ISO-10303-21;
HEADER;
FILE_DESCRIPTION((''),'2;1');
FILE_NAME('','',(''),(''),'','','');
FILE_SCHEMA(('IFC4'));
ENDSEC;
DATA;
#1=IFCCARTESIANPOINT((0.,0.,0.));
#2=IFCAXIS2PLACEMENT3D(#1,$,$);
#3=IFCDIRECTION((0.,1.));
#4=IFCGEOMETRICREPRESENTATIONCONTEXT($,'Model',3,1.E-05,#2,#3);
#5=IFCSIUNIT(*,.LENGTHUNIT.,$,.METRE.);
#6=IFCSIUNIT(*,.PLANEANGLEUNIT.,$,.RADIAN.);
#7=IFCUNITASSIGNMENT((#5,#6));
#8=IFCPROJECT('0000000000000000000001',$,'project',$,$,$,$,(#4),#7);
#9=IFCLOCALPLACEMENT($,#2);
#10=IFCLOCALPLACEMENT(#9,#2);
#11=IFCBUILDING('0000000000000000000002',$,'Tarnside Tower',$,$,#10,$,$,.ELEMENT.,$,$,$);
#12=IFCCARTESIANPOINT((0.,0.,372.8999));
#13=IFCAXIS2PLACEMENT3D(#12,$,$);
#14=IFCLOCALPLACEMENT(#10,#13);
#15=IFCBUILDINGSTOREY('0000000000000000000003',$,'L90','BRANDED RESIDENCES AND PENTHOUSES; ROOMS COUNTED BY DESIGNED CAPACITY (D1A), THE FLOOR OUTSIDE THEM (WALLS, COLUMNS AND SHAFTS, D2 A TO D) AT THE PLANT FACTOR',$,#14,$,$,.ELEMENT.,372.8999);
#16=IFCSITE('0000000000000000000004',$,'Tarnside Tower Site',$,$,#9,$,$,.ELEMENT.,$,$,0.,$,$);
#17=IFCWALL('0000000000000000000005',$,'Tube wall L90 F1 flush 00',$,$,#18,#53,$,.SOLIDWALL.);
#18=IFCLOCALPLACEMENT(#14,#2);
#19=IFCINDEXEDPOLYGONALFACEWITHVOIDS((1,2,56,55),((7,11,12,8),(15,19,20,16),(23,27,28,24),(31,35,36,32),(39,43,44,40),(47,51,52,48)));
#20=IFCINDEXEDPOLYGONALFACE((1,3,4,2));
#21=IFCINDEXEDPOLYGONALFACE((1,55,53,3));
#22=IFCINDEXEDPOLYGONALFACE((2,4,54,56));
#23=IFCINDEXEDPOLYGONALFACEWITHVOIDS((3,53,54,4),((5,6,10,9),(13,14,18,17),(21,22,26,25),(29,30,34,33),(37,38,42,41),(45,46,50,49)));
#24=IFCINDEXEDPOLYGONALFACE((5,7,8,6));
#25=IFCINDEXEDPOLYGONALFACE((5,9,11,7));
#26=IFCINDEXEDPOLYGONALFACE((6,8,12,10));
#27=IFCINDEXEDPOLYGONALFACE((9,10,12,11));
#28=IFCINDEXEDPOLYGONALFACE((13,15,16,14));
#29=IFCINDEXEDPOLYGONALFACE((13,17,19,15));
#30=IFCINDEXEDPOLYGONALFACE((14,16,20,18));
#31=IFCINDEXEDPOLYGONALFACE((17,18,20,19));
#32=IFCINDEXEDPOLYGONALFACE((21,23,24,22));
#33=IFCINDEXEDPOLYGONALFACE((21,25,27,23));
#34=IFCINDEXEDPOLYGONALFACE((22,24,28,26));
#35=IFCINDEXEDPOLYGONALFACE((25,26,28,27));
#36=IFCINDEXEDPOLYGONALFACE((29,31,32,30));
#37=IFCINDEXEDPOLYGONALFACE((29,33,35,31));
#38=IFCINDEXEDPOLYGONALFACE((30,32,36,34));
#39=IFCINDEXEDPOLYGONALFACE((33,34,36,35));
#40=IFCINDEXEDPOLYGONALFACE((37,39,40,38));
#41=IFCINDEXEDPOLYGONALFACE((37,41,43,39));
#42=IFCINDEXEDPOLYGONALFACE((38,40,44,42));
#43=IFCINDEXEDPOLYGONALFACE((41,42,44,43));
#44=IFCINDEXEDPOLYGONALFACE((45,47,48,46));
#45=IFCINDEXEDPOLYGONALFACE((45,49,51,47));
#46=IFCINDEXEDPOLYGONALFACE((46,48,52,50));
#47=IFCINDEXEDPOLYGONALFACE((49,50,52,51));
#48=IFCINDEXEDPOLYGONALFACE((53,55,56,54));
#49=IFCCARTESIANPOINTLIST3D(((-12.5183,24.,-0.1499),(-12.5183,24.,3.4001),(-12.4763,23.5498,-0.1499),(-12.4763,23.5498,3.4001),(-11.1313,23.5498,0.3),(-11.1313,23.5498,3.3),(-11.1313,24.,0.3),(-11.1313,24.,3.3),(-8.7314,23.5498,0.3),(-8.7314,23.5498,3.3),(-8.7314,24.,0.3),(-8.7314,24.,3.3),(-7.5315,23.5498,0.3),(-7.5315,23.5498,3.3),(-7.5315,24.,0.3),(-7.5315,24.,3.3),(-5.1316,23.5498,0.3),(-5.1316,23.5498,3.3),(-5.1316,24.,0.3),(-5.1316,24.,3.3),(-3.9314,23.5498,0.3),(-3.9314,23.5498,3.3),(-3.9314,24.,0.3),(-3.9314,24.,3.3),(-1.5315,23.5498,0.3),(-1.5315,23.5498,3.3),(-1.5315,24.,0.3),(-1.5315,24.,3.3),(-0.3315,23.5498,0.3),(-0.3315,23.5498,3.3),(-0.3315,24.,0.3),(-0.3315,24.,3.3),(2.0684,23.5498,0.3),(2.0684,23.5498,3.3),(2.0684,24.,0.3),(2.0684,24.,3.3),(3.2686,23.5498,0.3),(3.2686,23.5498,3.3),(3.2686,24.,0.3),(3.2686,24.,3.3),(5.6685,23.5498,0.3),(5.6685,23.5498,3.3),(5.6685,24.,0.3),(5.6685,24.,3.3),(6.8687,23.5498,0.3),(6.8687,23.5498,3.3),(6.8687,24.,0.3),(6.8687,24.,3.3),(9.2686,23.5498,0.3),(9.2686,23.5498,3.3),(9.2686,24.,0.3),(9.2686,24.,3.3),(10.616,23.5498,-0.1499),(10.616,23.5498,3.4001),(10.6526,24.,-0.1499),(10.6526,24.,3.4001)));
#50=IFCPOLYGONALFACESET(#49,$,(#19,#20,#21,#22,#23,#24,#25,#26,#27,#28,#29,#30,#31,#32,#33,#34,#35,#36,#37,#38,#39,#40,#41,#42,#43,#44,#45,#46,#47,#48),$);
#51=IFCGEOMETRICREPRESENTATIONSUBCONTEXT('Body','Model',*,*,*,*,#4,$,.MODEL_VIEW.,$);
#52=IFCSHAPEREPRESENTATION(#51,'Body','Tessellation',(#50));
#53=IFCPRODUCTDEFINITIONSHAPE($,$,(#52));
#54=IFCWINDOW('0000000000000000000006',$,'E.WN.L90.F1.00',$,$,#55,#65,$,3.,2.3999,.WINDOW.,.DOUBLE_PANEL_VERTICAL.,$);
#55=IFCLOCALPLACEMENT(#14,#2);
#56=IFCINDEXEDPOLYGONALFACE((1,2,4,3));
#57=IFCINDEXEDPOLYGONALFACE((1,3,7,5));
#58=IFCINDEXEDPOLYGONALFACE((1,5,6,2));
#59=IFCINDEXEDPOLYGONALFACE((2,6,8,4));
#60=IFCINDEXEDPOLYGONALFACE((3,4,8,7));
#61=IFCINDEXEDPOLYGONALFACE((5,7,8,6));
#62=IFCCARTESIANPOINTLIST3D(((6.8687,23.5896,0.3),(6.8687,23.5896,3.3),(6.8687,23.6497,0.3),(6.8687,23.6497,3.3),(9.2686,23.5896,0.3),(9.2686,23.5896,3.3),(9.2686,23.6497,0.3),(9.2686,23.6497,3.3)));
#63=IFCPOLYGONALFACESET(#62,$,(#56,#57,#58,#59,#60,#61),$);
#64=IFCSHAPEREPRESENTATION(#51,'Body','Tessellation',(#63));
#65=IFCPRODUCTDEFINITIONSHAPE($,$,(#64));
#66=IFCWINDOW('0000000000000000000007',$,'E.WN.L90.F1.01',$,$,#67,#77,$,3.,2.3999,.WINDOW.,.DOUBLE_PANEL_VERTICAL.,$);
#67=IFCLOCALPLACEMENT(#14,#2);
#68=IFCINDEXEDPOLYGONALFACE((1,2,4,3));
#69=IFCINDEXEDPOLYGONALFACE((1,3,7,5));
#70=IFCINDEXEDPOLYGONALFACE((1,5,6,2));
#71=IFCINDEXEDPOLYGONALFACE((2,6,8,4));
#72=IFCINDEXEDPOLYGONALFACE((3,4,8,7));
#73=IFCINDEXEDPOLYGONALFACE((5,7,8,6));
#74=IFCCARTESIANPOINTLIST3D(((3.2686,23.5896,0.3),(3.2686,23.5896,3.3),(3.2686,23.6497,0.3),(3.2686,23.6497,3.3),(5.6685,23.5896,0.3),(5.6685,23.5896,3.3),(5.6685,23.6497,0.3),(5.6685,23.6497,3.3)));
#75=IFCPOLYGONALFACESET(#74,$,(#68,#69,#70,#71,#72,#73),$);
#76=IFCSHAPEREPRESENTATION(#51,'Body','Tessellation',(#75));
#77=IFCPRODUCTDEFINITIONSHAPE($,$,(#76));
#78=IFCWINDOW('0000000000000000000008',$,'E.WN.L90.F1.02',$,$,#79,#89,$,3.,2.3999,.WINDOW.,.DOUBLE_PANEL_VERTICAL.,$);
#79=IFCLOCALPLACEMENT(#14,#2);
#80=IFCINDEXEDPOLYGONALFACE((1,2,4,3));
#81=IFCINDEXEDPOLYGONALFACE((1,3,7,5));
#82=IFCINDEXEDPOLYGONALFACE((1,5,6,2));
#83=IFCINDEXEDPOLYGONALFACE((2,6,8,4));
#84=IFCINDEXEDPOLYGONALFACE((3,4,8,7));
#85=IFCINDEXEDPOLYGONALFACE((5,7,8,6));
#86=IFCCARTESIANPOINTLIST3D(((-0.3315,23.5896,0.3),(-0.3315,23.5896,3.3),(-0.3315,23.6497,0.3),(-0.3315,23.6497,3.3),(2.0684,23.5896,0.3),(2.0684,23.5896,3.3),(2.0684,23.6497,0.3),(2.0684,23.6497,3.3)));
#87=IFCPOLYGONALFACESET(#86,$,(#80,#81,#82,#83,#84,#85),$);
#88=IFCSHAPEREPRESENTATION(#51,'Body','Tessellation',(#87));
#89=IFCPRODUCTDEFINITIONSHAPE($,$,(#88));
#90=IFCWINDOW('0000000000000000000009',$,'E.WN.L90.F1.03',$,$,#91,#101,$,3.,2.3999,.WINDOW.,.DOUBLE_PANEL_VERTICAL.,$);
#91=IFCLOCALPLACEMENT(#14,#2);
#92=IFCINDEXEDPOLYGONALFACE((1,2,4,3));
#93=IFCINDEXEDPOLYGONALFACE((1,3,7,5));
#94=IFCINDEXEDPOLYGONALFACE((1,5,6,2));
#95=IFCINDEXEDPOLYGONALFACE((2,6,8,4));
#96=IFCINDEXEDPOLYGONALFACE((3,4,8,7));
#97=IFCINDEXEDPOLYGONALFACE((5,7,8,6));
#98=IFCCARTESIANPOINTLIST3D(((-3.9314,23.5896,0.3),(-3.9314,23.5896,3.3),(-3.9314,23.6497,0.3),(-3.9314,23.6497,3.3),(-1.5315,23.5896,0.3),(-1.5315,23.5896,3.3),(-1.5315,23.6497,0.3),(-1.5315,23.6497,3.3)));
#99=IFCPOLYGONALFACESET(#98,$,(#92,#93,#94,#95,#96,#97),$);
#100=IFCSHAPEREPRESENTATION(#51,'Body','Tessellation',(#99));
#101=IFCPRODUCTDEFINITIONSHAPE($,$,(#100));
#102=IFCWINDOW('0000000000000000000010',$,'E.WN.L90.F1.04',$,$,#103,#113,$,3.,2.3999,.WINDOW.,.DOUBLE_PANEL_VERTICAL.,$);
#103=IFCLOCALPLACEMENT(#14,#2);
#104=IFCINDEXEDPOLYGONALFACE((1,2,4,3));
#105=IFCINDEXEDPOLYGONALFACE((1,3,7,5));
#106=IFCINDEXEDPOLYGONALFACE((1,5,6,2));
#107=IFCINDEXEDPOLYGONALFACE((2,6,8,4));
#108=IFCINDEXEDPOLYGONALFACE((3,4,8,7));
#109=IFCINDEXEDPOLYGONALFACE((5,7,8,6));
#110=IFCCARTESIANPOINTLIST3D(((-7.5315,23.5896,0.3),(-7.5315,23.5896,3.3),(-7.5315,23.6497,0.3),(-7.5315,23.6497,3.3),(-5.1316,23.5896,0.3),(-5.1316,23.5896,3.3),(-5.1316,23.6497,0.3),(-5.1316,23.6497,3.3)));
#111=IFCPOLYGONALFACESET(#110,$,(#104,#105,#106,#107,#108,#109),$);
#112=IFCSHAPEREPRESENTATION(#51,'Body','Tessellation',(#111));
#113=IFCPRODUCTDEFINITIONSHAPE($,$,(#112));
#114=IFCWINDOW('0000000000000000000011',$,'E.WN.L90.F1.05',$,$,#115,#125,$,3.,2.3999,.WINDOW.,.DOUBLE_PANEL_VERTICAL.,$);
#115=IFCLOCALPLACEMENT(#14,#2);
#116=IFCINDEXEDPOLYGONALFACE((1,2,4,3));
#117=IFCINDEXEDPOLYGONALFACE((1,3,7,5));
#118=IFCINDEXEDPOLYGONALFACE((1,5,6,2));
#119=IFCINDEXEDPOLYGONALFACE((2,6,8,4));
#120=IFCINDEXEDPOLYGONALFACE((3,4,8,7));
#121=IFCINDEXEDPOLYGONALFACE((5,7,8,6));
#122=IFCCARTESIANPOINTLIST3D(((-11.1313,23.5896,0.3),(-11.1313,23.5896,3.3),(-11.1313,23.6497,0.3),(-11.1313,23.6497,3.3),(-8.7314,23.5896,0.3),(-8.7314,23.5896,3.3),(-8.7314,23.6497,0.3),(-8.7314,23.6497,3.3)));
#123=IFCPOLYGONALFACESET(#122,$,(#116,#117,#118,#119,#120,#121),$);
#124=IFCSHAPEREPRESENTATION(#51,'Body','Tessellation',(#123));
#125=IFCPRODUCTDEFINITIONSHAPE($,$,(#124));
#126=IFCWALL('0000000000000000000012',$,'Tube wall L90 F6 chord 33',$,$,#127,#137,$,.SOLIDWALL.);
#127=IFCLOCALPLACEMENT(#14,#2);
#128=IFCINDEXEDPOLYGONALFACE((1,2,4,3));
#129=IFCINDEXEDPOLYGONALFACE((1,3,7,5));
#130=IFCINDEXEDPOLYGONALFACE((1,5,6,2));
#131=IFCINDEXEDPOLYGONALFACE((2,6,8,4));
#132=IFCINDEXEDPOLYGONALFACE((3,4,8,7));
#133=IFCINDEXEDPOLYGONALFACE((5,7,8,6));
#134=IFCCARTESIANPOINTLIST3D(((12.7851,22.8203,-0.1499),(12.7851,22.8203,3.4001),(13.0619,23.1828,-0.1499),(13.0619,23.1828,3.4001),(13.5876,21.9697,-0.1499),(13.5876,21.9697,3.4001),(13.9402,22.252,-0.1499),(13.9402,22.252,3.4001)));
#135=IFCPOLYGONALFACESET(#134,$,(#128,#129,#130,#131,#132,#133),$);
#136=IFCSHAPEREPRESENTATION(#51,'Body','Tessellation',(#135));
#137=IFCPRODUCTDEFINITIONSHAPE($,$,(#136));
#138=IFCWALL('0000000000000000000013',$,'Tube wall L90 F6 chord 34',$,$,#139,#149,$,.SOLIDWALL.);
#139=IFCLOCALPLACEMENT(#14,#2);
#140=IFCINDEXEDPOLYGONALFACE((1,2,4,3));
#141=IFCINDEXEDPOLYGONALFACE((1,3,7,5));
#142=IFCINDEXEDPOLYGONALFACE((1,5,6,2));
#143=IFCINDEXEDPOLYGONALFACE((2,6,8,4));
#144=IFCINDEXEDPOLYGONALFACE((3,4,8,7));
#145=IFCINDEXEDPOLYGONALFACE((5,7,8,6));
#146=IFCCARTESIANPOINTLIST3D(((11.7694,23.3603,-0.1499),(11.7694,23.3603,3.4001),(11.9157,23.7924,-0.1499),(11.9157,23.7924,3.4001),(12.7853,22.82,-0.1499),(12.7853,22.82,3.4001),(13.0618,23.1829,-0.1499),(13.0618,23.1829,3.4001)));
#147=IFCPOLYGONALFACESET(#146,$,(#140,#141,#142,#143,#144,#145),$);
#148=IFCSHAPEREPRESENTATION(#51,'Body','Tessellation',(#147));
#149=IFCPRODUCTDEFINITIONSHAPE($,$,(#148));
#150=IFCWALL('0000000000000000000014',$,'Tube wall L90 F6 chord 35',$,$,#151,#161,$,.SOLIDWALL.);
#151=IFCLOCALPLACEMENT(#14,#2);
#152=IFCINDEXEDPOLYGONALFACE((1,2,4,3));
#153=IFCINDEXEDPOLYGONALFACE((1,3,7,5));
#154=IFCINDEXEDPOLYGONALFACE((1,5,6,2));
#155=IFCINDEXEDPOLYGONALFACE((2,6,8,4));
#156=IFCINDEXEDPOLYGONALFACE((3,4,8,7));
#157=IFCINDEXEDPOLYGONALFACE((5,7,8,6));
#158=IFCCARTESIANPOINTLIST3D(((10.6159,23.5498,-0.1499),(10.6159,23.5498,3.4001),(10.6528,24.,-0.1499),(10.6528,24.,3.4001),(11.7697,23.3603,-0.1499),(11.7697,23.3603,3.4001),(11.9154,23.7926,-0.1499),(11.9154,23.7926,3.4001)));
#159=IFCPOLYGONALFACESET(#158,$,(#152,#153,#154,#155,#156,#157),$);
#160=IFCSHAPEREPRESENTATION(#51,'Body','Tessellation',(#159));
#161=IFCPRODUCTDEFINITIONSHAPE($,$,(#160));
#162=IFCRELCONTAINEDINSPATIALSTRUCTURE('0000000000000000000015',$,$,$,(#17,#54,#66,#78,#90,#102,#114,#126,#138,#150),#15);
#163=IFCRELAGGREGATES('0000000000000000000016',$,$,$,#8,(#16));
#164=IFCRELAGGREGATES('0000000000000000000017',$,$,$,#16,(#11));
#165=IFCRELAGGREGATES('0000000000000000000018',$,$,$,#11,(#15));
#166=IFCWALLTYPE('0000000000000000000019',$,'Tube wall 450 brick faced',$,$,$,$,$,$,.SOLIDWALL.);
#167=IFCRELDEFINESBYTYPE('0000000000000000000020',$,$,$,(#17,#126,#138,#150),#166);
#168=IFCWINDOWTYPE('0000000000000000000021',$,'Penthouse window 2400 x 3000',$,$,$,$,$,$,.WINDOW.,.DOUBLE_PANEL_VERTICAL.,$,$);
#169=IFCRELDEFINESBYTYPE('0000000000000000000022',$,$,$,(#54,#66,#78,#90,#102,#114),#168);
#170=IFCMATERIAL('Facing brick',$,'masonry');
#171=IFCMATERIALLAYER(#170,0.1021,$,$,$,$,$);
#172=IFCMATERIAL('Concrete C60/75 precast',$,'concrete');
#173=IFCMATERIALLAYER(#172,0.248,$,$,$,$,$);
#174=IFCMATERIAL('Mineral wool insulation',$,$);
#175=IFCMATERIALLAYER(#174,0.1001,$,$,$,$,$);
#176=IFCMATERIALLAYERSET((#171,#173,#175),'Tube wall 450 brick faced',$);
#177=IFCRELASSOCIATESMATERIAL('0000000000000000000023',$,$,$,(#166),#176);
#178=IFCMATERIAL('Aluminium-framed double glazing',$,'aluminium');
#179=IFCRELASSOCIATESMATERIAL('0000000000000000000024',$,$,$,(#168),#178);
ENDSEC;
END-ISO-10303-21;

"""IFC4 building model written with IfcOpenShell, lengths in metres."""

from ifc_helpers import new_model, si_unit, direction, frame, frame_2d, origin, place, context, subcontext, project, spatial, polyline, rectangle, outline, extrude, material, layer, layer_set, type_object, element, fill, save


model = new_model("IFC4")

# Units and contexts
model_context = context("Model", 3, precision=1e-05, world=origin(), true_north=direction((0.0, 1.0)))
body_context = subcontext(model_context, "Body", "Model", "MODEL_VIEW")
ifc_project = project(units=[si_unit("LENGTHUNIT", "METRE"), si_unit("PLANEANGLEUNIT", "RADIAN")], contexts=[model_context])

# Site, building, storey
site_placement = place(None, origin())
site = spatial("IfcSite", under=ifc_project, at=site_placement, Name="Tarnside Tower Site", CompositionType="ELEMENT", RefElevation=0.0)
building_placement = place(site_placement, origin())
building = spatial("IfcBuilding", under=site, at=building_placement, Name="Tarnside Tower", CompositionType="ELEMENT")
storey_placement = place(building_placement, frame((0.0, 0.0, 372.8999)))
storey = spatial("IfcBuildingStorey", under=building, at=storey_placement, Name="L90", Description="BRANDED RESIDENCES AND PENTHOUSES; ROOMS COUNTED BY DESIGNED CAPACITY (D1A), THE FLOOR OUTSIDE THEM (WALLS, COLUMNS AND SHAFTS, D2 A TO D) AT THE PLANT FACTOR", CompositionType="ELEMENT", Elevation=372.8999)

# Shared definitions
ifc_material_1 = material(Name="Concrete C60/75 precast", Category="concrete")
ifc_material_2 = material(Name="Mineral wool insulation")

# Wall, openings, windows
ifc_material_3 = material(Name="Facing brick", Category="masonry")
ifc_layer_1 = layer(ifc_material_3, 0.1021)
ifc_layer_2 = layer(ifc_material_1, 0.248)
ifc_layer_3 = layer(ifc_material_2, 0.1001)
ifc_layer_set_1 = layer_set([ifc_layer_1, ifc_layer_2, ifc_layer_3], Name="Tube wall 450 brick faced")
wall_type_1 = type_object("IfcWallType", Name="Tube wall 450 brick faced", PredefinedType="SOLIDWALL", material=ifc_layer_set_1)
wall_1_placement = place(storey_placement, frame((10.6343, 23.7749, -0.1499), z_axis=(0.0, 0.0, 1.0), x_axis=(-1.0, 0.0, 0.0)))
wall_1 = element("IfcWall", 1, at=wall_1_placement, inside=storey, type_object=wall_type_1, Name="Tube wall L90 F1 flush 00", PredefinedType="SOLIDWALL", context=body_context, shape_type="SweptSolid", body=[
    extrude(outline(polyline([(-0.0183, -0.2251), (23.1526, -0.2251), (23.1106, 0.2251), (0.0183, 0.2251), (-0.0183, -0.2251)])), origin(), (0.0, 0.0, 1.0), 3.55),
])
opening_1_placement = place(wall_1_placement, frame((1.3657, 0.0, 0.45)))
opening_1 = element("IfcOpeningElement", 2, at=opening_1_placement, cuts=wall_1, PredefinedType="OPENING", context=body_context, shape_type="SweptSolid", body=[
    extrude(rectangle(XDim=2.3999, YDim=3.0, at=frame_2d((1.2, 1.5))), frame((0.0, 0.2349, 0.0), z_axis=(0.0, -1.0, 0.0), x_axis=(1.0, 0.0, 0.0)), (0.0, 0.0, 1.0), 0.47),
])
opening_2_placement = place(wall_1_placement, frame((4.9658, 0.0, 0.45)))
opening_2 = element("IfcOpeningElement", 3, at=opening_2_placement, cuts=wall_1, PredefinedType="OPENING", context=body_context, shape_type="SweptSolid", body=[
    extrude(rectangle(XDim=2.3999, YDim=3.0, at=frame_2d((1.2, 1.5))), frame((0.0, 0.2349, 0.0), z_axis=(0.0, -1.0, 0.0), x_axis=(1.0, 0.0, 0.0)), (0.0, 0.0, 1.0), 0.47),
])
opening_3_placement = place(wall_1_placement, frame((8.5659, 0.0, 0.45)))
opening_3 = element("IfcOpeningElement", 4, at=opening_3_placement, cuts=wall_1, PredefinedType="OPENING", context=body_context, shape_type="SweptSolid", body=[
    extrude(rectangle(XDim=2.3999, YDim=3.0, at=frame_2d((1.2, 1.5))), frame((0.0, 0.2349, 0.0), z_axis=(0.0, -1.0, 0.0), x_axis=(1.0, 0.0, 0.0)), (0.0, 0.0, 1.0), 0.47),
])
opening_4_placement = place(wall_1_placement, frame((12.1658, 0.0, 0.45)))
opening_4 = element("IfcOpeningElement", 5, at=opening_4_placement, cuts=wall_1, PredefinedType="OPENING", context=body_context, shape_type="SweptSolid", body=[
    extrude(rectangle(XDim=2.3999, YDim=3.0, at=frame_2d((1.2, 1.5))), frame((0.0, 0.2349, 0.0), z_axis=(0.0, -1.0, 0.0), x_axis=(1.0, 0.0, 0.0)), (0.0, 0.0, 1.0), 0.47),
])
opening_5_placement = place(wall_1_placement, frame((15.7659, 0.0, 0.45)))
opening_5 = element("IfcOpeningElement", 6, at=opening_5_placement, cuts=wall_1, PredefinedType="OPENING", context=body_context, shape_type="SweptSolid", body=[
    extrude(rectangle(XDim=2.3999, YDim=3.0, at=frame_2d((1.2, 1.5))), frame((0.0, 0.2349, 0.0), z_axis=(0.0, -1.0, 0.0), x_axis=(1.0, 0.0, 0.0)), (0.0, 0.0, 1.0), 0.47),
])
opening_6_placement = place(wall_1_placement, frame((19.3657, 0.0, 0.45)))
opening_6 = element("IfcOpeningElement", 7, at=opening_6_placement, cuts=wall_1, PredefinedType="OPENING", context=body_context, shape_type="SweptSolid", body=[
    extrude(rectangle(XDim=2.3999, YDim=3.0, at=frame_2d((1.2, 1.5))), frame((0.0, 0.2349, 0.0), z_axis=(0.0, -1.0, 0.0), x_axis=(1.0, 0.0, 0.0)), (0.0, 0.0, 1.0), 0.47),
])
ifc_material_4 = material(Name="Aluminium-framed double glazing", Category="aluminium")
window_type = type_object("IfcWindowType", Name="Penthouse window 2400 x 3000", PartitioningType="DOUBLE_PANEL_VERTICAL", PredefinedType="WINDOW", material=ifc_material_4)
window_1_placement = place(opening_1_placement, frame((0.0, 0.1553, 0.0)))
window_1 = element("IfcWindow", 8, at=window_1_placement, inside=storey, type_object=window_type, Name="E.WN.L90.F1.00", OverallHeight=3.0, OverallWidth=2.3999, PartitioningType="DOUBLE_PANEL_VERTICAL", PredefinedType="WINDOW", context=body_context, shape_type="SweptSolid", body=[
    extrude(rectangle(XDim=2.3999, YDim=3.0, at=frame_2d((1.2, 1.5))), frame((0.0, 0.03, 0.0), z_axis=(0.0, -1.0, 0.0), x_axis=(1.0, 0.0, 0.0)), (0.0, 0.0, 1.0), 0.0601),
])
fill(opening_1, window_1)
window_2_placement = place(opening_2_placement, frame((0.0, 0.1553, 0.0)))
window_2 = element("IfcWindow", 9, at=window_2_placement, inside=storey, type_object=window_type, Name="E.WN.L90.F1.01", OverallHeight=3.0, OverallWidth=2.3999, PartitioningType="DOUBLE_PANEL_VERTICAL", PredefinedType="WINDOW", context=body_context, shape_type="SweptSolid", body=[
    extrude(rectangle(XDim=2.3999, YDim=3.0, at=frame_2d((1.2, 1.5))), frame((0.0, 0.03, 0.0), z_axis=(0.0, -1.0, 0.0), x_axis=(1.0, 0.0, 0.0)), (0.0, 0.0, 1.0), 0.0601),
])
fill(opening_2, window_2)
window_3_placement = place(opening_3_placement, frame((0.0, 0.1553, 0.0)))
window_3 = element("IfcWindow", 10, at=window_3_placement, inside=storey, type_object=window_type, Name="E.WN.L90.F1.02", OverallHeight=3.0, OverallWidth=2.3999, PartitioningType="DOUBLE_PANEL_VERTICAL", PredefinedType="WINDOW", context=body_context, shape_type="SweptSolid", body=[
    extrude(rectangle(XDim=2.3999, YDim=3.0, at=frame_2d((1.2, 1.5))), frame((0.0, 0.03, 0.0), z_axis=(0.0, -1.0, 0.0), x_axis=(1.0, 0.0, 0.0)), (0.0, 0.0, 1.0), 0.0601),
])
fill(opening_3, window_3)
window_4_placement = place(opening_4_placement, frame((0.0, 0.1553, 0.0)))
window_4 = element("IfcWindow", 11, at=window_4_placement, inside=storey, type_object=window_type, Name="E.WN.L90.F1.03", OverallHeight=3.0, OverallWidth=2.3999, PartitioningType="DOUBLE_PANEL_VERTICAL", PredefinedType="WINDOW", context=body_context, shape_type="SweptSolid", body=[
    extrude(rectangle(XDim=2.3999, YDim=3.0, at=frame_2d((1.2, 1.5))), frame((0.0, 0.03, 0.0), z_axis=(0.0, -1.0, 0.0), x_axis=(1.0, 0.0, 0.0)), (0.0, 0.0, 1.0), 0.0601),
])
fill(opening_4, window_4)
window_5_placement = place(opening_5_placement, frame((0.0, 0.1553, 0.0)))
window_5 = element("IfcWindow", 12, at=window_5_placement, inside=storey, type_object=window_type, Name="E.WN.L90.F1.04", OverallHeight=3.0, OverallWidth=2.3999, PartitioningType="DOUBLE_PANEL_VERTICAL", PredefinedType="WINDOW", context=body_context, shape_type="SweptSolid", body=[
    extrude(rectangle(XDim=2.3999, YDim=3.0, at=frame_2d((1.2, 1.5))), frame((0.0, 0.03, 0.0), z_axis=(0.0, -1.0, 0.0), x_axis=(1.0, 0.0, 0.0)), (0.0, 0.0, 1.0), 0.0601),
])
fill(opening_5, window_5)
window_6_placement = place(opening_6_placement, frame((0.0, 0.1553, 0.0)))
window_6 = element("IfcWindow", 13, at=window_6_placement, inside=storey, type_object=window_type, Name="E.WN.L90.F1.05", OverallHeight=3.0, OverallWidth=2.3999, PartitioningType="DOUBLE_PANEL_VERTICAL", PredefinedType="WINDOW", context=body_context, shape_type="SweptSolid", body=[
    extrude(rectangle(XDim=2.3999, YDim=3.0, at=frame_2d((1.2, 1.5))), frame((0.0, 0.03, 0.0), z_axis=(0.0, -1.0, 0.0), x_axis=(1.0, 0.0, 0.0)), (0.0, 0.0, 1.0), 0.0601),
])
fill(opening_6, window_6)

# Walls
wall_2_placement = place(storey_placement, frame((13.7639, 22.1108, -0.1499), z_axis=(0.0, 0.0, 1.0), x_axis=(-0.686272, 0.727345, 0.0)))
element("IfcWall", 14, at=wall_2_placement, inside=storey, type_object=wall_type_1, Name="Tube wall L90 F6 chord 33", PredefinedType="SOLIDWALL", context=body_context, shape_type="SweptSolid", body=[
    extrude(outline(polyline([(-0.0183, -0.2251), (1.2615, -0.2251), (1.1877, 0.2251), (0.0183, 0.2251), (-0.0183, -0.2251)])), origin(), (0.0, 0.0, 1.0), 3.55),
])
wall_3_placement = place(storey_placement, frame((12.9236, 23.0015, -0.1499), z_axis=(0.0, 0.0, 1.0), x_axis=(-0.882899, 0.469563, 0.0)))
element("IfcWall", 15, at=wall_3_placement, inside=storey, type_object=wall_type_1, Name="Tube wall L90 F6 chord 34", PredefinedType="SOLIDWALL", context=body_context, shape_type="SweptSolid", body=[
    extrude(outline(polyline([(-0.0369, -0.2251), (1.2612, -0.2251), (1.1875, 0.2251), (0.0369, 0.2251), (-0.0369, -0.2251)])), origin(), (0.0, 0.0, 1.0), 3.55),
])
wall_4_placement = place(storey_placement, frame((11.8425, 23.5764, -0.1499), z_axis=(0.0, 0.0, 1.0), x_axis=(-0.986774, 0.162103, 0.0)))
element("IfcWall", 16, at=wall_4_placement, inside=storey, type_object=wall_type_1, Name="Tube wall L90 F6 chord 35", PredefinedType="SOLIDWALL", context=body_context, shape_type="SweptSolid", body=[
    extrude(outline(polyline([(-0.0369, -0.2251), (1.2427, -0.2251), (1.2061, 0.2251), (0.0369, 0.2251), (-0.0369, -0.2251)])), origin(), (0.0, 0.0, 1.0), 3.55),
])

save(model, "model.ifc")
